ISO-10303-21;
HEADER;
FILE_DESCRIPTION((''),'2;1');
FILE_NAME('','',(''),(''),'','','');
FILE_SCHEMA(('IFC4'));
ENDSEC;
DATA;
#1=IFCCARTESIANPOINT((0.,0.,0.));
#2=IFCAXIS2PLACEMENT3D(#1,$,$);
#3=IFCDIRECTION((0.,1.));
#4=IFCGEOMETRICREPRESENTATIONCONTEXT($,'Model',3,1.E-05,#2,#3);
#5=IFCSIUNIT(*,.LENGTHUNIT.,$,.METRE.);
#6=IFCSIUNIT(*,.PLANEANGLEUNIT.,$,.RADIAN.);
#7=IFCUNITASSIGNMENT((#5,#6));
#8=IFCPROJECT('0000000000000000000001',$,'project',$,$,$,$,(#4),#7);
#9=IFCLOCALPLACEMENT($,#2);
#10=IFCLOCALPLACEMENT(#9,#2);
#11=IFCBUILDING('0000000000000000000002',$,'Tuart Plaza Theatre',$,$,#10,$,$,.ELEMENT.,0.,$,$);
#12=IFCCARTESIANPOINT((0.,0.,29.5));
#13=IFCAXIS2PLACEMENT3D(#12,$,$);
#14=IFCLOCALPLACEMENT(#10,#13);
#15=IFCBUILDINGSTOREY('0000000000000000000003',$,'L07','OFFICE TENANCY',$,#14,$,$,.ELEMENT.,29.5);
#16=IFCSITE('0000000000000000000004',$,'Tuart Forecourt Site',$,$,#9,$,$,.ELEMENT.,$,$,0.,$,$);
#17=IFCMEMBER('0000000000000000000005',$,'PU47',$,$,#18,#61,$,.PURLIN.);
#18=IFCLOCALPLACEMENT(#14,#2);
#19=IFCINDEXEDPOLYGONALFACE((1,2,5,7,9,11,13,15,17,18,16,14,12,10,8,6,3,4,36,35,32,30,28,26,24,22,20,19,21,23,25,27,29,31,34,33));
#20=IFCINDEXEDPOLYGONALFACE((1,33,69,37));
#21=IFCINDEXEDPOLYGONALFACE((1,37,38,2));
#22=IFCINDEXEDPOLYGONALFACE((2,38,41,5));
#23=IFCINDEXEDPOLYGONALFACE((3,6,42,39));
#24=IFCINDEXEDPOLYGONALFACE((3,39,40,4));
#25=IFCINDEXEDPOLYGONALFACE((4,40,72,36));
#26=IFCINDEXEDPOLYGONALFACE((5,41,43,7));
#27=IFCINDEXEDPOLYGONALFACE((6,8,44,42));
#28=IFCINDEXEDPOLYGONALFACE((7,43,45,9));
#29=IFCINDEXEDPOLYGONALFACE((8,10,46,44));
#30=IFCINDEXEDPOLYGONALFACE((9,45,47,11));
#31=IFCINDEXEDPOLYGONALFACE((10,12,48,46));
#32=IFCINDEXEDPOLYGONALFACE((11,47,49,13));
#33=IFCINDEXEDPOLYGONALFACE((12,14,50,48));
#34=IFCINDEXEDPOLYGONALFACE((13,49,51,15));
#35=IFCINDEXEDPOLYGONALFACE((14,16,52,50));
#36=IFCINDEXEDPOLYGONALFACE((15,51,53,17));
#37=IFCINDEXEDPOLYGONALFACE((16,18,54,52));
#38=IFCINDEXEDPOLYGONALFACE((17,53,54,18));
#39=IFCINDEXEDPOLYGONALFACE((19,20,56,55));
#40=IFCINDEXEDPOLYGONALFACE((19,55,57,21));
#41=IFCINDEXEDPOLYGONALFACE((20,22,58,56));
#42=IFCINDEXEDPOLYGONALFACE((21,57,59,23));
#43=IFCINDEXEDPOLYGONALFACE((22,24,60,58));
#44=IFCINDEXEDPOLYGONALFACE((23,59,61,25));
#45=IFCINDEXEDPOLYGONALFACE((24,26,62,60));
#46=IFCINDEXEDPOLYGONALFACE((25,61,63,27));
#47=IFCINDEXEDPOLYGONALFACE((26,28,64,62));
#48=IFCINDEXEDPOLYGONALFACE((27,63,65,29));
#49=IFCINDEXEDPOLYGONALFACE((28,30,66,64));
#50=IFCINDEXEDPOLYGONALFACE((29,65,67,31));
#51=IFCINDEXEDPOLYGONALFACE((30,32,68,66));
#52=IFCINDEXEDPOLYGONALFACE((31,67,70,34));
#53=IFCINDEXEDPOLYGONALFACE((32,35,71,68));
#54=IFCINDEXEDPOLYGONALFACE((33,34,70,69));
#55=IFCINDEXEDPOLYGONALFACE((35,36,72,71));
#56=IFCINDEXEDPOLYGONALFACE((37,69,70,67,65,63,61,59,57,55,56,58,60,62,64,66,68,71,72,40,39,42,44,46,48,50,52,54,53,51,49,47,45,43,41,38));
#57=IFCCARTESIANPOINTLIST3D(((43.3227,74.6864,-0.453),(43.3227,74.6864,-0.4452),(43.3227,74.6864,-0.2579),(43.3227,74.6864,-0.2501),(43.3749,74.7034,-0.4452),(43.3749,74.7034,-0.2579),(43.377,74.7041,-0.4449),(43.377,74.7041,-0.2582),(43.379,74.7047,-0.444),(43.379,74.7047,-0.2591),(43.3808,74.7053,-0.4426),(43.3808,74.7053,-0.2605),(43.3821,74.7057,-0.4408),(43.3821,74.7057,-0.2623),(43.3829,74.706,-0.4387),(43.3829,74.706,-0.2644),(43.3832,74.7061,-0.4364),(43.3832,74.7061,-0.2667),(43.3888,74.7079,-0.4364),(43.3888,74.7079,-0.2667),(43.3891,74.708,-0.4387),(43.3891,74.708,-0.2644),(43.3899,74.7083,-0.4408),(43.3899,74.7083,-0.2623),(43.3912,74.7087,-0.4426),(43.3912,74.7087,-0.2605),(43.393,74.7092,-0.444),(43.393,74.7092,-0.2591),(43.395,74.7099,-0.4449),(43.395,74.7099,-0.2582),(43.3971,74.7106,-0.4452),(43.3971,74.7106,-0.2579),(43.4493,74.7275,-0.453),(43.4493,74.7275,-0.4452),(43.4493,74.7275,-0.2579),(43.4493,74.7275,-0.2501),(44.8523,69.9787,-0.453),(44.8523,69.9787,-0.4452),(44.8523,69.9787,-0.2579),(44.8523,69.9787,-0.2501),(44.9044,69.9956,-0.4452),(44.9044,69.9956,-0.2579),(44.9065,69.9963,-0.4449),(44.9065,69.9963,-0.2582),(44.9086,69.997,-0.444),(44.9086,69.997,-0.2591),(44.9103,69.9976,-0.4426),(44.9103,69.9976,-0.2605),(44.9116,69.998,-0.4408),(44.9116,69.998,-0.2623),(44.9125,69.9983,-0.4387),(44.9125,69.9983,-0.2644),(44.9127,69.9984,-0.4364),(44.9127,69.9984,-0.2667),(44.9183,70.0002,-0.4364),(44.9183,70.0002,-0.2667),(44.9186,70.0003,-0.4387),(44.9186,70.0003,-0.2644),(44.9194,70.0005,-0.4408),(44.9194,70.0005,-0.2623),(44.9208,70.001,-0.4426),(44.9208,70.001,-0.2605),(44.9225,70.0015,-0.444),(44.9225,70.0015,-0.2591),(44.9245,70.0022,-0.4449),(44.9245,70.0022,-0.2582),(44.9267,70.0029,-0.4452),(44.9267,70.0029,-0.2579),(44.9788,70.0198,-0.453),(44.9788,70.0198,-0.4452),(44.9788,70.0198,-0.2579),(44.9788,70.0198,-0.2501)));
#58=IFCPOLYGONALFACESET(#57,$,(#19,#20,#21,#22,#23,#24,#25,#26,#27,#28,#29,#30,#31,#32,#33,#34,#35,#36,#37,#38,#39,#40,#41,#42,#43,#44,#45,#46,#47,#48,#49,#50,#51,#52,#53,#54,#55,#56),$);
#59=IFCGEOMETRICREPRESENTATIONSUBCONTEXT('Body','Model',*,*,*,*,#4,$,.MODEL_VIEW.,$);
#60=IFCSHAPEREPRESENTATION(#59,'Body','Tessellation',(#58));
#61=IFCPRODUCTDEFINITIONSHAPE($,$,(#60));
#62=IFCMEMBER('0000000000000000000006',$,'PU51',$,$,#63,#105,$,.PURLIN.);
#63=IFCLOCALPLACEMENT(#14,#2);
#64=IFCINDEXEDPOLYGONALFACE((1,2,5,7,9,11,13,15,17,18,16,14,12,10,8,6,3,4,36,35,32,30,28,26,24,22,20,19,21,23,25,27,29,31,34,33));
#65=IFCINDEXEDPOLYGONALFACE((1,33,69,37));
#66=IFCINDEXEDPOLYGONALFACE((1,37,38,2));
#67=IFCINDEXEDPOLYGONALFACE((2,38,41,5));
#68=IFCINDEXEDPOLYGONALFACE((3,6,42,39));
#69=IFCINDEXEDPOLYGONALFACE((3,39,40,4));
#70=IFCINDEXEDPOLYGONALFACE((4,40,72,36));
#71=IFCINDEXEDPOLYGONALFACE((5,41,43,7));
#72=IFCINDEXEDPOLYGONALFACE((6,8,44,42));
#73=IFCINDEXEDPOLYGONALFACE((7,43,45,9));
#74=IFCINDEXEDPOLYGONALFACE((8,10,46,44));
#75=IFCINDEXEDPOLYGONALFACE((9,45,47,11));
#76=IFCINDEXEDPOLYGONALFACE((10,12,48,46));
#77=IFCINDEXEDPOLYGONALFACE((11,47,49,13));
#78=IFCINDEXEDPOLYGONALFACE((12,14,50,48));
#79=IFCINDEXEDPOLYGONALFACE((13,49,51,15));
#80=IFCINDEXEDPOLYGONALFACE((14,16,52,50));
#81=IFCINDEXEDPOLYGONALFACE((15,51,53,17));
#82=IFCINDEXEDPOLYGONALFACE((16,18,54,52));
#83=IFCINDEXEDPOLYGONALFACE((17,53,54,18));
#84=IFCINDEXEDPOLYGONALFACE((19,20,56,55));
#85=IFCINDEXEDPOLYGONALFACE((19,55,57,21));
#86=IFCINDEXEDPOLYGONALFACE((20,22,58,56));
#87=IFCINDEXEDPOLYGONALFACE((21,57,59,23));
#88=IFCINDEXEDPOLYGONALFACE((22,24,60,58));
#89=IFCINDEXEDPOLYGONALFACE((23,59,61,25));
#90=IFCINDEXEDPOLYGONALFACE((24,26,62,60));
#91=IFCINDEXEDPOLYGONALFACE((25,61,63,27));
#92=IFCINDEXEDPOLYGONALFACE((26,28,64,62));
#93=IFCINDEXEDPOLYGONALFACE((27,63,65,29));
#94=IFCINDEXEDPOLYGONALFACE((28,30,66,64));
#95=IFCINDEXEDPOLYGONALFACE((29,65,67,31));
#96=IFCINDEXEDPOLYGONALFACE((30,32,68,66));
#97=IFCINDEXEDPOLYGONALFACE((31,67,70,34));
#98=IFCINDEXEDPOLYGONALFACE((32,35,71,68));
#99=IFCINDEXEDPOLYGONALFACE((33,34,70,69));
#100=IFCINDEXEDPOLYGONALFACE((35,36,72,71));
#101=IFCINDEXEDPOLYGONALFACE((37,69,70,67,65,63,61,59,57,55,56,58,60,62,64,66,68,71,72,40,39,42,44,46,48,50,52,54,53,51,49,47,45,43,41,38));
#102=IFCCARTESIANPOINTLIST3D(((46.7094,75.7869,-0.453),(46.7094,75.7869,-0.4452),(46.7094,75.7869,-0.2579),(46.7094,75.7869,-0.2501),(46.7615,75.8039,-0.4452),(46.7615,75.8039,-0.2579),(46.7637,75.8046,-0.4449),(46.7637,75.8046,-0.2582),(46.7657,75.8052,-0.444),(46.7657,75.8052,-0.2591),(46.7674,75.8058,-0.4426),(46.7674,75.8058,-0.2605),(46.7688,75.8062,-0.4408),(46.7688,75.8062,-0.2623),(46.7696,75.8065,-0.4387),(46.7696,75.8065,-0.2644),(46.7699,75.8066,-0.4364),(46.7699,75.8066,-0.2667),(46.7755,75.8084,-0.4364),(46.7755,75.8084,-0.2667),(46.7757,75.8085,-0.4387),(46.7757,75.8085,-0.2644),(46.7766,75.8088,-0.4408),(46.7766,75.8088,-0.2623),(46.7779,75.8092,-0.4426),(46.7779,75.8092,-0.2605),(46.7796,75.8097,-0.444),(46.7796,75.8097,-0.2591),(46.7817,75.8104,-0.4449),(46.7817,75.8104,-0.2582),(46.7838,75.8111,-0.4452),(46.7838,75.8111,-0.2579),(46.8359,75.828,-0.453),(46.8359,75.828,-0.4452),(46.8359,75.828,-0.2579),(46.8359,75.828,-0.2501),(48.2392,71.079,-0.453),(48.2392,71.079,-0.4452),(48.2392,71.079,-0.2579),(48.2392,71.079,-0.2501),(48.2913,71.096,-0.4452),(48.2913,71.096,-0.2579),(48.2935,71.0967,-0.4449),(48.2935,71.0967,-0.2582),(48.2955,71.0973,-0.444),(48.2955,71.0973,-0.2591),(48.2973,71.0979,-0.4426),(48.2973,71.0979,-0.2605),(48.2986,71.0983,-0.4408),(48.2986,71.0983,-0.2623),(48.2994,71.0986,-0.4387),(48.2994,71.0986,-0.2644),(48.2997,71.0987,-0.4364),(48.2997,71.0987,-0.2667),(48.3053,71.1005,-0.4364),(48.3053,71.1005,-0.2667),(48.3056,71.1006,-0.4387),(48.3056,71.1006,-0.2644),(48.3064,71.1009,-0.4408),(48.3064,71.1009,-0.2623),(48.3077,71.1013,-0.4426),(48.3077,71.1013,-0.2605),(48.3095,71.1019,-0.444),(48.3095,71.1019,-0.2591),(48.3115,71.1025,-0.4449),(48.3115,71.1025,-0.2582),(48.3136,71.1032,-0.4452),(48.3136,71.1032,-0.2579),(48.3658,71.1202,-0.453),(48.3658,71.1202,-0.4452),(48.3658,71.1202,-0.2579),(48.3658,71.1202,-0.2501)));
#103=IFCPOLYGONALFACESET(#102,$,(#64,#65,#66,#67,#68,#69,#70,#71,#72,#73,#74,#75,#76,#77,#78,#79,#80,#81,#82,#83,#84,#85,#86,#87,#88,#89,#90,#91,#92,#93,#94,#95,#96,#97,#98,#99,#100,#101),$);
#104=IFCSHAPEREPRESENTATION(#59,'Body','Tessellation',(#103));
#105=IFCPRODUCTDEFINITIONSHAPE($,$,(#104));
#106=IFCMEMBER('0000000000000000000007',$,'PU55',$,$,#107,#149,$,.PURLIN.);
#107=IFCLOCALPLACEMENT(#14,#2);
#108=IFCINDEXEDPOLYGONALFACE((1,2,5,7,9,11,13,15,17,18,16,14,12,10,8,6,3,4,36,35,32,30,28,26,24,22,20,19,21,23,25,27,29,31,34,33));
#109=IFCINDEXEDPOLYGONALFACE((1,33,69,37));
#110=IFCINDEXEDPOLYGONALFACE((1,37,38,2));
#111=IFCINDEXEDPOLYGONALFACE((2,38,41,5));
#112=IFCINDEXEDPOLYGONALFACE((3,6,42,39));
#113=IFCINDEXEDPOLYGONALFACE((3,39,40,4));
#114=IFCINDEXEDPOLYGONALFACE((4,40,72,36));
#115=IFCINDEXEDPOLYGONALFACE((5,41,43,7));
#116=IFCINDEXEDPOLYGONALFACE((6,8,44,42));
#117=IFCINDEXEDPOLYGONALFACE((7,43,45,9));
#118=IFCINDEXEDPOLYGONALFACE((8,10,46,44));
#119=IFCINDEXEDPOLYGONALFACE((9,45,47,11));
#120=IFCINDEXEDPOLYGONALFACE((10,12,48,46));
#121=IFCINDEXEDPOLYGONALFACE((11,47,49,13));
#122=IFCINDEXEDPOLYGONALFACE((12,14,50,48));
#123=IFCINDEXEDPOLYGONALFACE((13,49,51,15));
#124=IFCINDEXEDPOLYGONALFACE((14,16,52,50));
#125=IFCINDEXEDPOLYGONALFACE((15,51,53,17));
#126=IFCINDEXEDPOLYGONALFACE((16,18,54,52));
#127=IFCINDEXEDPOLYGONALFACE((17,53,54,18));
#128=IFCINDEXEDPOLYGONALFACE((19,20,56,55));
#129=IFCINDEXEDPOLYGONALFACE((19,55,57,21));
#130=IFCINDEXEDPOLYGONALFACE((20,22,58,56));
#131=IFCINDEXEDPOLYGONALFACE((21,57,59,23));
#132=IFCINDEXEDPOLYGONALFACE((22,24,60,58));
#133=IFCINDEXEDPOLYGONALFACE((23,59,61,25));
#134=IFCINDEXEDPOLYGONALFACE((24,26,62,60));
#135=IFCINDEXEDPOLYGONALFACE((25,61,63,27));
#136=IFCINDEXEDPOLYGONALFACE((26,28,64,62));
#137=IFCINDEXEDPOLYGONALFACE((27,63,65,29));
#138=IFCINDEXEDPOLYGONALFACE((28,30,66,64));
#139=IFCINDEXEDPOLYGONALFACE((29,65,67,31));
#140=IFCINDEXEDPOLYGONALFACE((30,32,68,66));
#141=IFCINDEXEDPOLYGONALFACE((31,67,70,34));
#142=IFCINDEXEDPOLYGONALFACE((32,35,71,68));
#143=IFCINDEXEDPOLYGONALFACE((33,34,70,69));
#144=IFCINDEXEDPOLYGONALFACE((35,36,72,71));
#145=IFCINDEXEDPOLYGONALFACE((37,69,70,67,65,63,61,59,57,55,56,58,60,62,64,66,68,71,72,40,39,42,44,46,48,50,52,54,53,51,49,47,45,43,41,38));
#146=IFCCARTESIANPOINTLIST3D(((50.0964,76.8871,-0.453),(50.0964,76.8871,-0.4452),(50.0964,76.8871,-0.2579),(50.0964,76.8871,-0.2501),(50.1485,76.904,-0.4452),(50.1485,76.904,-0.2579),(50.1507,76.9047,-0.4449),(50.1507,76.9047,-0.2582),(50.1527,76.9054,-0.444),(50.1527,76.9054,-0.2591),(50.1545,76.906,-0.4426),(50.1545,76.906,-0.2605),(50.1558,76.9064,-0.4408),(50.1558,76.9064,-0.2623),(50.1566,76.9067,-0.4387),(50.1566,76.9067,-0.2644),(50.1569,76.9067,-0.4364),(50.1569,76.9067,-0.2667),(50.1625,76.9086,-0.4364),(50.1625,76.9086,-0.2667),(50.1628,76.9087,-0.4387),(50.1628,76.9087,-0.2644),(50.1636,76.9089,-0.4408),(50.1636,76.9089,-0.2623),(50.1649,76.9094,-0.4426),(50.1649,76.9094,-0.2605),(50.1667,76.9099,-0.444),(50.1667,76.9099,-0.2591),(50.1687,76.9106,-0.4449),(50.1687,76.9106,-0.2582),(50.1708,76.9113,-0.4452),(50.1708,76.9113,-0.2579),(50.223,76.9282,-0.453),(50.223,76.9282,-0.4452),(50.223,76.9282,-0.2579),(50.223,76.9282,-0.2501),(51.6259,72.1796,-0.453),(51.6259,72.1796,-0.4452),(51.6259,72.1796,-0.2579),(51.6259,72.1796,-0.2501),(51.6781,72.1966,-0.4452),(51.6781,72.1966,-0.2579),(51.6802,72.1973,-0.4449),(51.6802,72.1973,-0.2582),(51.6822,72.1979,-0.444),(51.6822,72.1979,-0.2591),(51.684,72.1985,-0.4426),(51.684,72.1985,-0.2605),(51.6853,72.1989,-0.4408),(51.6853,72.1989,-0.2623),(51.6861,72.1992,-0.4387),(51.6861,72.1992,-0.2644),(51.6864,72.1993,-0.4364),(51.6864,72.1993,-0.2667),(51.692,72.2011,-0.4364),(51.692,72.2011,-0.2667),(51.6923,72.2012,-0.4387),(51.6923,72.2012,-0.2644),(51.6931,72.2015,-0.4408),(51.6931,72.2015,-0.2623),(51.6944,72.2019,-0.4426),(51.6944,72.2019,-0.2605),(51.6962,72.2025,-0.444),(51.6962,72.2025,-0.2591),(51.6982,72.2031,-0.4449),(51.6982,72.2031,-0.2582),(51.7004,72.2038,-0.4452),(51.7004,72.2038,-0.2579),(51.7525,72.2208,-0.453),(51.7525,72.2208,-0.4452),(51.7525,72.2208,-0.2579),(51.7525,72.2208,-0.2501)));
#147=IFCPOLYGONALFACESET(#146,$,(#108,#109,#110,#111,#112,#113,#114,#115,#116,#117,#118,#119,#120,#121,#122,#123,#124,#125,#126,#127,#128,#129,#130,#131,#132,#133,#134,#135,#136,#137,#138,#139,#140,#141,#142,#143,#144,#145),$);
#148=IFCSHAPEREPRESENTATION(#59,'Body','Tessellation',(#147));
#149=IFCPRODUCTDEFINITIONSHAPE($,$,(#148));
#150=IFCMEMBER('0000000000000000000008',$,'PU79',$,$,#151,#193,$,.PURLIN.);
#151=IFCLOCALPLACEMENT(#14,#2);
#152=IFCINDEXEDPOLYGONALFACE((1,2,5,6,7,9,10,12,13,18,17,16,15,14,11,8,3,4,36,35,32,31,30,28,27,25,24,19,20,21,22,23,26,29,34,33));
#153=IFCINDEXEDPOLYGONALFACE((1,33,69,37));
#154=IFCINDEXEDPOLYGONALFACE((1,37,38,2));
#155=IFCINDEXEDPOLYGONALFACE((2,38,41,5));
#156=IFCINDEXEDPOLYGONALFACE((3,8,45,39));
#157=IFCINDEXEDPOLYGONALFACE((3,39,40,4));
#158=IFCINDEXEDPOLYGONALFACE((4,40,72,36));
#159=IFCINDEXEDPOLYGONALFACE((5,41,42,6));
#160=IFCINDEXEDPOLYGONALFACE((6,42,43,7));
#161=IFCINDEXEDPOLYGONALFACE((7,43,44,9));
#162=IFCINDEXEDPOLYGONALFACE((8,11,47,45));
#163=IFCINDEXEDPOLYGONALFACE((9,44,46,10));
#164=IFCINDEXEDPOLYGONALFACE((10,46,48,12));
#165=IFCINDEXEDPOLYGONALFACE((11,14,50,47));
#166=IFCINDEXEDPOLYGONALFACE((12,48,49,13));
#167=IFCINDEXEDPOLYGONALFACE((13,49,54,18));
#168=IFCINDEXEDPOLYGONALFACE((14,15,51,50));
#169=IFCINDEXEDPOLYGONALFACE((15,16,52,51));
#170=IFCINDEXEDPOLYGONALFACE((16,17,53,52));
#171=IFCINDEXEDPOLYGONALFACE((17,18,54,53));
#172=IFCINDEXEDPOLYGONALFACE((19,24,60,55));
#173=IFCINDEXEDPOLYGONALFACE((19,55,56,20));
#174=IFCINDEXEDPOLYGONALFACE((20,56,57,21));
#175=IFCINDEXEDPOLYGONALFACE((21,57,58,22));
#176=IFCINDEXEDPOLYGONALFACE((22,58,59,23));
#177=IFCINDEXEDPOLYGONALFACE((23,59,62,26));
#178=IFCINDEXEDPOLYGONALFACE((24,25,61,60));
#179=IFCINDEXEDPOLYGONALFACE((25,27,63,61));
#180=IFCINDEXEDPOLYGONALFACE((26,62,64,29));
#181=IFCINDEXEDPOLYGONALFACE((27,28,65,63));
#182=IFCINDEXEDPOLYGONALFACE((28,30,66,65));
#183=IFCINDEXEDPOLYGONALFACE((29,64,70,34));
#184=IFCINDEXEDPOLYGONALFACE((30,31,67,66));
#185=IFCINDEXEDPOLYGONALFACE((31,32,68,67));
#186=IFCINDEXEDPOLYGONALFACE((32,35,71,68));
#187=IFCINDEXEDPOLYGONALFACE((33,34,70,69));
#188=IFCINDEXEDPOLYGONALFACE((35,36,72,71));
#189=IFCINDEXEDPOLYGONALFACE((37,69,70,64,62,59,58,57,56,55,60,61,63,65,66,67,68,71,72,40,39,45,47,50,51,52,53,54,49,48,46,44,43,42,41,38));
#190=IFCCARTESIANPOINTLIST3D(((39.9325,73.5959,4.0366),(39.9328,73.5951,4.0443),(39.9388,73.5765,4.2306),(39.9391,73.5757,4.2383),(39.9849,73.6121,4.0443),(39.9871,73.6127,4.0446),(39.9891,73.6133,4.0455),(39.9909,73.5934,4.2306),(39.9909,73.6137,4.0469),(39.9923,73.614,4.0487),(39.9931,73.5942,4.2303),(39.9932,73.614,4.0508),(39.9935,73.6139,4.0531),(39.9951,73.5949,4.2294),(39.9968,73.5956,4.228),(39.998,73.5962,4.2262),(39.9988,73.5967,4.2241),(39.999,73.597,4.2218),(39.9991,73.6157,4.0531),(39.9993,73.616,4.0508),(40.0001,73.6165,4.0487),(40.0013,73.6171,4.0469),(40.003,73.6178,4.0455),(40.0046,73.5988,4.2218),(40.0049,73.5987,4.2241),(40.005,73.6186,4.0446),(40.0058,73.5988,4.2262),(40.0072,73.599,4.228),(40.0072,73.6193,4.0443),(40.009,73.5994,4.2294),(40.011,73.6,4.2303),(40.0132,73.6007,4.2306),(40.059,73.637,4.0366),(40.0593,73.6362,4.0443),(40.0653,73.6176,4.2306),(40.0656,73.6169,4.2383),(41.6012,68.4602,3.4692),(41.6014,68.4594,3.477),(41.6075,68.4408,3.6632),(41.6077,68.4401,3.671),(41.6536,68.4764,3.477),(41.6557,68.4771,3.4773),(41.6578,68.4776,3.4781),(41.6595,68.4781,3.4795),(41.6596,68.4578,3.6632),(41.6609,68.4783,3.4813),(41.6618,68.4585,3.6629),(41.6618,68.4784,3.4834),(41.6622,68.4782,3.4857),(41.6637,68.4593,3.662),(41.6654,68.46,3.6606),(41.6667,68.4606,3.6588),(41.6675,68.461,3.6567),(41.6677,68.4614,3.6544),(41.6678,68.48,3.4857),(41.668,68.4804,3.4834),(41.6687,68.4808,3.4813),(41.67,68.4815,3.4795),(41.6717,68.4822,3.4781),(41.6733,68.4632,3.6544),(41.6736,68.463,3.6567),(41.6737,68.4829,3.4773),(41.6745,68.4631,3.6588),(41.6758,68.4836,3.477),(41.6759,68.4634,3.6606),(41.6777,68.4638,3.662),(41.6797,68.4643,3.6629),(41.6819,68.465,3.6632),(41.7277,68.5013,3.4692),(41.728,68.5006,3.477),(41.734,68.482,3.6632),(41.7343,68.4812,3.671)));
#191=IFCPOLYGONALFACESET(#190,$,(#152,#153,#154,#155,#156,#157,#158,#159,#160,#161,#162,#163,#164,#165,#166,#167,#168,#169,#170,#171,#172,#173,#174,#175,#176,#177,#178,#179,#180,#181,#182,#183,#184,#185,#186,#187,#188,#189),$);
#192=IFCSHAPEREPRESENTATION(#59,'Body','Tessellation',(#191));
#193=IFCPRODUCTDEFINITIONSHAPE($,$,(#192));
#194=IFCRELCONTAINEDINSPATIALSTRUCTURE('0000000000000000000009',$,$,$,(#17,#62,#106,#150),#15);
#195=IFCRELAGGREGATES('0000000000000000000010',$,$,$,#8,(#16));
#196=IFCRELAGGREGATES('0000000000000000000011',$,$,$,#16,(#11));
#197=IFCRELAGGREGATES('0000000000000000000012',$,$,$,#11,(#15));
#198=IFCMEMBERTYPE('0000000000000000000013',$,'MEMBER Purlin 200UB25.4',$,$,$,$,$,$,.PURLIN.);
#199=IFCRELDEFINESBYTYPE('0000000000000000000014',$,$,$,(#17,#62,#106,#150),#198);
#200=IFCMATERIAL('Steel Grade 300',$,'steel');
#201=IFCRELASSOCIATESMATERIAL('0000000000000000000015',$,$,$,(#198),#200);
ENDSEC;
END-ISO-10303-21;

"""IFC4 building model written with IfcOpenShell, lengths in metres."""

from ifc_helpers import new_model, si_unit, direction, frame, origin, origin_2d, place, context, subcontext, project, spatial, i_section, extrude, material, material_profile, profile_set, type_object, element, save


model = new_model("IFC4")

# Units and contexts
model_context = context("Model", 3, precision=1e-05, world=origin(), true_north=direction((0.0, 1.0)))
body_context = subcontext(model_context, "Body", "Model", "MODEL_VIEW")
ifc_project = project(units=[si_unit("LENGTHUNIT", "METRE"), si_unit("PLANEANGLEUNIT", "RADIAN")], contexts=[model_context])

# Site, building, storey
site_placement = place(None, origin())
site = spatial("IfcSite", under=ifc_project, at=site_placement, Name="Tuart Forecourt Site", CompositionType="ELEMENT", RefElevation=0.0)
building_placement = place(site_placement, origin())
building = spatial("IfcBuilding", under=site, at=building_placement, Name="Tuart Plaza Theatre", CompositionType="ELEMENT", ElevationOfRefHeight=0.0)
storey_placement = place(building_placement, frame((0.0, 0.0, 29.5)))
storey = spatial("IfcBuildingStorey", under=building, at=storey_placement, Name="L07", Description="OFFICE TENANCY", CompositionType="ELEMENT", Elevation=29.5)

# Members
ifc_material_1 = material(Name="Steel Grade 300", Category="steel")
ifc_material_profile_1 = material_profile(ifc_material_1, i_section(OverallWidth=0.1331, OverallDepth=0.2029, WebThickness=0.0059, FlangeThickness=0.0078, FilletRadius=0.0088, at=origin_2d()), Name="200UB25.4")
ifc_profile_set_1 = profile_set([ifc_material_profile_1], Name="Steel Grade 300")
member_type_1 = type_object("IfcMemberType", Name="MEMBER Purlin 200UB25.4", PredefinedType="PURLIN", material=ifc_profile_set_1)
for number, where, z_axis, x_axis, name in (
    (1, (44.9155, 69.9993, -0.3516), (-0.308998, 0.951063, 0.0), (-0.951063, -0.308998, 0.0), "PU47"),
):
    element("IfcMember", number, at=place(storey_placement, frame(where, z_axis=z_axis, x_axis=x_axis)), inside=storey, type_object=member_type_1, Name=name, PredefinedType="PURLIN", context=body_context, shape_type="SweptSolid", body=[
        extrude(i_section(OverallWidth=0.1331, OverallDepth=0.2029, WebThickness=0.0059, FlangeThickness=0.0078, FilletRadius=0.0088, at=origin_2d()), origin(), (0.0, 0.0, 1.0), 4.95),
    ])
member_1_placement = place(storey_placement, frame((48.3025, 71.0996, -0.3516), z_axis=(-0.309043, 0.951048, 0.0), x_axis=(-0.951048, -0.309043, 0.0)))
element("IfcMember", 2, at=member_1_placement, inside=storey, type_object=member_type_1, Name="PU51", PredefinedType="PURLIN", context=body_context, shape_type="SweptSolid", body=[
    extrude(i_section(OverallWidth=0.1331, OverallDepth=0.2029, WebThickness=0.0059, FlangeThickness=0.0078, FilletRadius=0.0088, at=origin_2d()), origin(), (0.0, 0.0, 1.0), 4.9502),
])
member_2_placement = place(storey_placement, frame((51.6892, 72.2002, -0.3516), z_axis=(-0.309012, 0.951058, 0.0), x_axis=(-0.951058, -0.309012, 0.0)))
element("IfcMember", 3, at=member_2_placement, inside=storey, type_object=member_type_1, Name="PU55", PredefinedType="PURLIN", context=body_context, shape_type="SweptSolid", body=[
    extrude(i_section(OverallWidth=0.1331, OverallDepth=0.2029, WebThickness=0.0059, FlangeThickness=0.0078, FilletRadius=0.0088, at=origin_2d()), origin(), (0.0, 0.0, 1.0), 4.9497),
])
for number, where, z_axis, x_axis, name in (
    (4, (41.6677, 68.4707, 3.5701), (-0.307325, 0.94585, 0.104495), (-0.951057, -0.309017, 0.0), "PU79"),
):
    element("IfcMember", number, at=place(storey_placement, frame(where, z_axis=z_axis, x_axis=x_axis)), inside=storey, type_object=member_type_1, Name=name, PredefinedType="PURLIN", context=body_context, shape_type="SweptSolid", body=[
        extrude(i_section(OverallWidth=0.1331, OverallDepth=0.2029, WebThickness=0.0059, FlangeThickness=0.0078, FilletRadius=0.0088, at=origin_2d()), origin(), (0.0, 0.0, 1.0), 5.4297),
    ])

save(model, "model.ifc")
